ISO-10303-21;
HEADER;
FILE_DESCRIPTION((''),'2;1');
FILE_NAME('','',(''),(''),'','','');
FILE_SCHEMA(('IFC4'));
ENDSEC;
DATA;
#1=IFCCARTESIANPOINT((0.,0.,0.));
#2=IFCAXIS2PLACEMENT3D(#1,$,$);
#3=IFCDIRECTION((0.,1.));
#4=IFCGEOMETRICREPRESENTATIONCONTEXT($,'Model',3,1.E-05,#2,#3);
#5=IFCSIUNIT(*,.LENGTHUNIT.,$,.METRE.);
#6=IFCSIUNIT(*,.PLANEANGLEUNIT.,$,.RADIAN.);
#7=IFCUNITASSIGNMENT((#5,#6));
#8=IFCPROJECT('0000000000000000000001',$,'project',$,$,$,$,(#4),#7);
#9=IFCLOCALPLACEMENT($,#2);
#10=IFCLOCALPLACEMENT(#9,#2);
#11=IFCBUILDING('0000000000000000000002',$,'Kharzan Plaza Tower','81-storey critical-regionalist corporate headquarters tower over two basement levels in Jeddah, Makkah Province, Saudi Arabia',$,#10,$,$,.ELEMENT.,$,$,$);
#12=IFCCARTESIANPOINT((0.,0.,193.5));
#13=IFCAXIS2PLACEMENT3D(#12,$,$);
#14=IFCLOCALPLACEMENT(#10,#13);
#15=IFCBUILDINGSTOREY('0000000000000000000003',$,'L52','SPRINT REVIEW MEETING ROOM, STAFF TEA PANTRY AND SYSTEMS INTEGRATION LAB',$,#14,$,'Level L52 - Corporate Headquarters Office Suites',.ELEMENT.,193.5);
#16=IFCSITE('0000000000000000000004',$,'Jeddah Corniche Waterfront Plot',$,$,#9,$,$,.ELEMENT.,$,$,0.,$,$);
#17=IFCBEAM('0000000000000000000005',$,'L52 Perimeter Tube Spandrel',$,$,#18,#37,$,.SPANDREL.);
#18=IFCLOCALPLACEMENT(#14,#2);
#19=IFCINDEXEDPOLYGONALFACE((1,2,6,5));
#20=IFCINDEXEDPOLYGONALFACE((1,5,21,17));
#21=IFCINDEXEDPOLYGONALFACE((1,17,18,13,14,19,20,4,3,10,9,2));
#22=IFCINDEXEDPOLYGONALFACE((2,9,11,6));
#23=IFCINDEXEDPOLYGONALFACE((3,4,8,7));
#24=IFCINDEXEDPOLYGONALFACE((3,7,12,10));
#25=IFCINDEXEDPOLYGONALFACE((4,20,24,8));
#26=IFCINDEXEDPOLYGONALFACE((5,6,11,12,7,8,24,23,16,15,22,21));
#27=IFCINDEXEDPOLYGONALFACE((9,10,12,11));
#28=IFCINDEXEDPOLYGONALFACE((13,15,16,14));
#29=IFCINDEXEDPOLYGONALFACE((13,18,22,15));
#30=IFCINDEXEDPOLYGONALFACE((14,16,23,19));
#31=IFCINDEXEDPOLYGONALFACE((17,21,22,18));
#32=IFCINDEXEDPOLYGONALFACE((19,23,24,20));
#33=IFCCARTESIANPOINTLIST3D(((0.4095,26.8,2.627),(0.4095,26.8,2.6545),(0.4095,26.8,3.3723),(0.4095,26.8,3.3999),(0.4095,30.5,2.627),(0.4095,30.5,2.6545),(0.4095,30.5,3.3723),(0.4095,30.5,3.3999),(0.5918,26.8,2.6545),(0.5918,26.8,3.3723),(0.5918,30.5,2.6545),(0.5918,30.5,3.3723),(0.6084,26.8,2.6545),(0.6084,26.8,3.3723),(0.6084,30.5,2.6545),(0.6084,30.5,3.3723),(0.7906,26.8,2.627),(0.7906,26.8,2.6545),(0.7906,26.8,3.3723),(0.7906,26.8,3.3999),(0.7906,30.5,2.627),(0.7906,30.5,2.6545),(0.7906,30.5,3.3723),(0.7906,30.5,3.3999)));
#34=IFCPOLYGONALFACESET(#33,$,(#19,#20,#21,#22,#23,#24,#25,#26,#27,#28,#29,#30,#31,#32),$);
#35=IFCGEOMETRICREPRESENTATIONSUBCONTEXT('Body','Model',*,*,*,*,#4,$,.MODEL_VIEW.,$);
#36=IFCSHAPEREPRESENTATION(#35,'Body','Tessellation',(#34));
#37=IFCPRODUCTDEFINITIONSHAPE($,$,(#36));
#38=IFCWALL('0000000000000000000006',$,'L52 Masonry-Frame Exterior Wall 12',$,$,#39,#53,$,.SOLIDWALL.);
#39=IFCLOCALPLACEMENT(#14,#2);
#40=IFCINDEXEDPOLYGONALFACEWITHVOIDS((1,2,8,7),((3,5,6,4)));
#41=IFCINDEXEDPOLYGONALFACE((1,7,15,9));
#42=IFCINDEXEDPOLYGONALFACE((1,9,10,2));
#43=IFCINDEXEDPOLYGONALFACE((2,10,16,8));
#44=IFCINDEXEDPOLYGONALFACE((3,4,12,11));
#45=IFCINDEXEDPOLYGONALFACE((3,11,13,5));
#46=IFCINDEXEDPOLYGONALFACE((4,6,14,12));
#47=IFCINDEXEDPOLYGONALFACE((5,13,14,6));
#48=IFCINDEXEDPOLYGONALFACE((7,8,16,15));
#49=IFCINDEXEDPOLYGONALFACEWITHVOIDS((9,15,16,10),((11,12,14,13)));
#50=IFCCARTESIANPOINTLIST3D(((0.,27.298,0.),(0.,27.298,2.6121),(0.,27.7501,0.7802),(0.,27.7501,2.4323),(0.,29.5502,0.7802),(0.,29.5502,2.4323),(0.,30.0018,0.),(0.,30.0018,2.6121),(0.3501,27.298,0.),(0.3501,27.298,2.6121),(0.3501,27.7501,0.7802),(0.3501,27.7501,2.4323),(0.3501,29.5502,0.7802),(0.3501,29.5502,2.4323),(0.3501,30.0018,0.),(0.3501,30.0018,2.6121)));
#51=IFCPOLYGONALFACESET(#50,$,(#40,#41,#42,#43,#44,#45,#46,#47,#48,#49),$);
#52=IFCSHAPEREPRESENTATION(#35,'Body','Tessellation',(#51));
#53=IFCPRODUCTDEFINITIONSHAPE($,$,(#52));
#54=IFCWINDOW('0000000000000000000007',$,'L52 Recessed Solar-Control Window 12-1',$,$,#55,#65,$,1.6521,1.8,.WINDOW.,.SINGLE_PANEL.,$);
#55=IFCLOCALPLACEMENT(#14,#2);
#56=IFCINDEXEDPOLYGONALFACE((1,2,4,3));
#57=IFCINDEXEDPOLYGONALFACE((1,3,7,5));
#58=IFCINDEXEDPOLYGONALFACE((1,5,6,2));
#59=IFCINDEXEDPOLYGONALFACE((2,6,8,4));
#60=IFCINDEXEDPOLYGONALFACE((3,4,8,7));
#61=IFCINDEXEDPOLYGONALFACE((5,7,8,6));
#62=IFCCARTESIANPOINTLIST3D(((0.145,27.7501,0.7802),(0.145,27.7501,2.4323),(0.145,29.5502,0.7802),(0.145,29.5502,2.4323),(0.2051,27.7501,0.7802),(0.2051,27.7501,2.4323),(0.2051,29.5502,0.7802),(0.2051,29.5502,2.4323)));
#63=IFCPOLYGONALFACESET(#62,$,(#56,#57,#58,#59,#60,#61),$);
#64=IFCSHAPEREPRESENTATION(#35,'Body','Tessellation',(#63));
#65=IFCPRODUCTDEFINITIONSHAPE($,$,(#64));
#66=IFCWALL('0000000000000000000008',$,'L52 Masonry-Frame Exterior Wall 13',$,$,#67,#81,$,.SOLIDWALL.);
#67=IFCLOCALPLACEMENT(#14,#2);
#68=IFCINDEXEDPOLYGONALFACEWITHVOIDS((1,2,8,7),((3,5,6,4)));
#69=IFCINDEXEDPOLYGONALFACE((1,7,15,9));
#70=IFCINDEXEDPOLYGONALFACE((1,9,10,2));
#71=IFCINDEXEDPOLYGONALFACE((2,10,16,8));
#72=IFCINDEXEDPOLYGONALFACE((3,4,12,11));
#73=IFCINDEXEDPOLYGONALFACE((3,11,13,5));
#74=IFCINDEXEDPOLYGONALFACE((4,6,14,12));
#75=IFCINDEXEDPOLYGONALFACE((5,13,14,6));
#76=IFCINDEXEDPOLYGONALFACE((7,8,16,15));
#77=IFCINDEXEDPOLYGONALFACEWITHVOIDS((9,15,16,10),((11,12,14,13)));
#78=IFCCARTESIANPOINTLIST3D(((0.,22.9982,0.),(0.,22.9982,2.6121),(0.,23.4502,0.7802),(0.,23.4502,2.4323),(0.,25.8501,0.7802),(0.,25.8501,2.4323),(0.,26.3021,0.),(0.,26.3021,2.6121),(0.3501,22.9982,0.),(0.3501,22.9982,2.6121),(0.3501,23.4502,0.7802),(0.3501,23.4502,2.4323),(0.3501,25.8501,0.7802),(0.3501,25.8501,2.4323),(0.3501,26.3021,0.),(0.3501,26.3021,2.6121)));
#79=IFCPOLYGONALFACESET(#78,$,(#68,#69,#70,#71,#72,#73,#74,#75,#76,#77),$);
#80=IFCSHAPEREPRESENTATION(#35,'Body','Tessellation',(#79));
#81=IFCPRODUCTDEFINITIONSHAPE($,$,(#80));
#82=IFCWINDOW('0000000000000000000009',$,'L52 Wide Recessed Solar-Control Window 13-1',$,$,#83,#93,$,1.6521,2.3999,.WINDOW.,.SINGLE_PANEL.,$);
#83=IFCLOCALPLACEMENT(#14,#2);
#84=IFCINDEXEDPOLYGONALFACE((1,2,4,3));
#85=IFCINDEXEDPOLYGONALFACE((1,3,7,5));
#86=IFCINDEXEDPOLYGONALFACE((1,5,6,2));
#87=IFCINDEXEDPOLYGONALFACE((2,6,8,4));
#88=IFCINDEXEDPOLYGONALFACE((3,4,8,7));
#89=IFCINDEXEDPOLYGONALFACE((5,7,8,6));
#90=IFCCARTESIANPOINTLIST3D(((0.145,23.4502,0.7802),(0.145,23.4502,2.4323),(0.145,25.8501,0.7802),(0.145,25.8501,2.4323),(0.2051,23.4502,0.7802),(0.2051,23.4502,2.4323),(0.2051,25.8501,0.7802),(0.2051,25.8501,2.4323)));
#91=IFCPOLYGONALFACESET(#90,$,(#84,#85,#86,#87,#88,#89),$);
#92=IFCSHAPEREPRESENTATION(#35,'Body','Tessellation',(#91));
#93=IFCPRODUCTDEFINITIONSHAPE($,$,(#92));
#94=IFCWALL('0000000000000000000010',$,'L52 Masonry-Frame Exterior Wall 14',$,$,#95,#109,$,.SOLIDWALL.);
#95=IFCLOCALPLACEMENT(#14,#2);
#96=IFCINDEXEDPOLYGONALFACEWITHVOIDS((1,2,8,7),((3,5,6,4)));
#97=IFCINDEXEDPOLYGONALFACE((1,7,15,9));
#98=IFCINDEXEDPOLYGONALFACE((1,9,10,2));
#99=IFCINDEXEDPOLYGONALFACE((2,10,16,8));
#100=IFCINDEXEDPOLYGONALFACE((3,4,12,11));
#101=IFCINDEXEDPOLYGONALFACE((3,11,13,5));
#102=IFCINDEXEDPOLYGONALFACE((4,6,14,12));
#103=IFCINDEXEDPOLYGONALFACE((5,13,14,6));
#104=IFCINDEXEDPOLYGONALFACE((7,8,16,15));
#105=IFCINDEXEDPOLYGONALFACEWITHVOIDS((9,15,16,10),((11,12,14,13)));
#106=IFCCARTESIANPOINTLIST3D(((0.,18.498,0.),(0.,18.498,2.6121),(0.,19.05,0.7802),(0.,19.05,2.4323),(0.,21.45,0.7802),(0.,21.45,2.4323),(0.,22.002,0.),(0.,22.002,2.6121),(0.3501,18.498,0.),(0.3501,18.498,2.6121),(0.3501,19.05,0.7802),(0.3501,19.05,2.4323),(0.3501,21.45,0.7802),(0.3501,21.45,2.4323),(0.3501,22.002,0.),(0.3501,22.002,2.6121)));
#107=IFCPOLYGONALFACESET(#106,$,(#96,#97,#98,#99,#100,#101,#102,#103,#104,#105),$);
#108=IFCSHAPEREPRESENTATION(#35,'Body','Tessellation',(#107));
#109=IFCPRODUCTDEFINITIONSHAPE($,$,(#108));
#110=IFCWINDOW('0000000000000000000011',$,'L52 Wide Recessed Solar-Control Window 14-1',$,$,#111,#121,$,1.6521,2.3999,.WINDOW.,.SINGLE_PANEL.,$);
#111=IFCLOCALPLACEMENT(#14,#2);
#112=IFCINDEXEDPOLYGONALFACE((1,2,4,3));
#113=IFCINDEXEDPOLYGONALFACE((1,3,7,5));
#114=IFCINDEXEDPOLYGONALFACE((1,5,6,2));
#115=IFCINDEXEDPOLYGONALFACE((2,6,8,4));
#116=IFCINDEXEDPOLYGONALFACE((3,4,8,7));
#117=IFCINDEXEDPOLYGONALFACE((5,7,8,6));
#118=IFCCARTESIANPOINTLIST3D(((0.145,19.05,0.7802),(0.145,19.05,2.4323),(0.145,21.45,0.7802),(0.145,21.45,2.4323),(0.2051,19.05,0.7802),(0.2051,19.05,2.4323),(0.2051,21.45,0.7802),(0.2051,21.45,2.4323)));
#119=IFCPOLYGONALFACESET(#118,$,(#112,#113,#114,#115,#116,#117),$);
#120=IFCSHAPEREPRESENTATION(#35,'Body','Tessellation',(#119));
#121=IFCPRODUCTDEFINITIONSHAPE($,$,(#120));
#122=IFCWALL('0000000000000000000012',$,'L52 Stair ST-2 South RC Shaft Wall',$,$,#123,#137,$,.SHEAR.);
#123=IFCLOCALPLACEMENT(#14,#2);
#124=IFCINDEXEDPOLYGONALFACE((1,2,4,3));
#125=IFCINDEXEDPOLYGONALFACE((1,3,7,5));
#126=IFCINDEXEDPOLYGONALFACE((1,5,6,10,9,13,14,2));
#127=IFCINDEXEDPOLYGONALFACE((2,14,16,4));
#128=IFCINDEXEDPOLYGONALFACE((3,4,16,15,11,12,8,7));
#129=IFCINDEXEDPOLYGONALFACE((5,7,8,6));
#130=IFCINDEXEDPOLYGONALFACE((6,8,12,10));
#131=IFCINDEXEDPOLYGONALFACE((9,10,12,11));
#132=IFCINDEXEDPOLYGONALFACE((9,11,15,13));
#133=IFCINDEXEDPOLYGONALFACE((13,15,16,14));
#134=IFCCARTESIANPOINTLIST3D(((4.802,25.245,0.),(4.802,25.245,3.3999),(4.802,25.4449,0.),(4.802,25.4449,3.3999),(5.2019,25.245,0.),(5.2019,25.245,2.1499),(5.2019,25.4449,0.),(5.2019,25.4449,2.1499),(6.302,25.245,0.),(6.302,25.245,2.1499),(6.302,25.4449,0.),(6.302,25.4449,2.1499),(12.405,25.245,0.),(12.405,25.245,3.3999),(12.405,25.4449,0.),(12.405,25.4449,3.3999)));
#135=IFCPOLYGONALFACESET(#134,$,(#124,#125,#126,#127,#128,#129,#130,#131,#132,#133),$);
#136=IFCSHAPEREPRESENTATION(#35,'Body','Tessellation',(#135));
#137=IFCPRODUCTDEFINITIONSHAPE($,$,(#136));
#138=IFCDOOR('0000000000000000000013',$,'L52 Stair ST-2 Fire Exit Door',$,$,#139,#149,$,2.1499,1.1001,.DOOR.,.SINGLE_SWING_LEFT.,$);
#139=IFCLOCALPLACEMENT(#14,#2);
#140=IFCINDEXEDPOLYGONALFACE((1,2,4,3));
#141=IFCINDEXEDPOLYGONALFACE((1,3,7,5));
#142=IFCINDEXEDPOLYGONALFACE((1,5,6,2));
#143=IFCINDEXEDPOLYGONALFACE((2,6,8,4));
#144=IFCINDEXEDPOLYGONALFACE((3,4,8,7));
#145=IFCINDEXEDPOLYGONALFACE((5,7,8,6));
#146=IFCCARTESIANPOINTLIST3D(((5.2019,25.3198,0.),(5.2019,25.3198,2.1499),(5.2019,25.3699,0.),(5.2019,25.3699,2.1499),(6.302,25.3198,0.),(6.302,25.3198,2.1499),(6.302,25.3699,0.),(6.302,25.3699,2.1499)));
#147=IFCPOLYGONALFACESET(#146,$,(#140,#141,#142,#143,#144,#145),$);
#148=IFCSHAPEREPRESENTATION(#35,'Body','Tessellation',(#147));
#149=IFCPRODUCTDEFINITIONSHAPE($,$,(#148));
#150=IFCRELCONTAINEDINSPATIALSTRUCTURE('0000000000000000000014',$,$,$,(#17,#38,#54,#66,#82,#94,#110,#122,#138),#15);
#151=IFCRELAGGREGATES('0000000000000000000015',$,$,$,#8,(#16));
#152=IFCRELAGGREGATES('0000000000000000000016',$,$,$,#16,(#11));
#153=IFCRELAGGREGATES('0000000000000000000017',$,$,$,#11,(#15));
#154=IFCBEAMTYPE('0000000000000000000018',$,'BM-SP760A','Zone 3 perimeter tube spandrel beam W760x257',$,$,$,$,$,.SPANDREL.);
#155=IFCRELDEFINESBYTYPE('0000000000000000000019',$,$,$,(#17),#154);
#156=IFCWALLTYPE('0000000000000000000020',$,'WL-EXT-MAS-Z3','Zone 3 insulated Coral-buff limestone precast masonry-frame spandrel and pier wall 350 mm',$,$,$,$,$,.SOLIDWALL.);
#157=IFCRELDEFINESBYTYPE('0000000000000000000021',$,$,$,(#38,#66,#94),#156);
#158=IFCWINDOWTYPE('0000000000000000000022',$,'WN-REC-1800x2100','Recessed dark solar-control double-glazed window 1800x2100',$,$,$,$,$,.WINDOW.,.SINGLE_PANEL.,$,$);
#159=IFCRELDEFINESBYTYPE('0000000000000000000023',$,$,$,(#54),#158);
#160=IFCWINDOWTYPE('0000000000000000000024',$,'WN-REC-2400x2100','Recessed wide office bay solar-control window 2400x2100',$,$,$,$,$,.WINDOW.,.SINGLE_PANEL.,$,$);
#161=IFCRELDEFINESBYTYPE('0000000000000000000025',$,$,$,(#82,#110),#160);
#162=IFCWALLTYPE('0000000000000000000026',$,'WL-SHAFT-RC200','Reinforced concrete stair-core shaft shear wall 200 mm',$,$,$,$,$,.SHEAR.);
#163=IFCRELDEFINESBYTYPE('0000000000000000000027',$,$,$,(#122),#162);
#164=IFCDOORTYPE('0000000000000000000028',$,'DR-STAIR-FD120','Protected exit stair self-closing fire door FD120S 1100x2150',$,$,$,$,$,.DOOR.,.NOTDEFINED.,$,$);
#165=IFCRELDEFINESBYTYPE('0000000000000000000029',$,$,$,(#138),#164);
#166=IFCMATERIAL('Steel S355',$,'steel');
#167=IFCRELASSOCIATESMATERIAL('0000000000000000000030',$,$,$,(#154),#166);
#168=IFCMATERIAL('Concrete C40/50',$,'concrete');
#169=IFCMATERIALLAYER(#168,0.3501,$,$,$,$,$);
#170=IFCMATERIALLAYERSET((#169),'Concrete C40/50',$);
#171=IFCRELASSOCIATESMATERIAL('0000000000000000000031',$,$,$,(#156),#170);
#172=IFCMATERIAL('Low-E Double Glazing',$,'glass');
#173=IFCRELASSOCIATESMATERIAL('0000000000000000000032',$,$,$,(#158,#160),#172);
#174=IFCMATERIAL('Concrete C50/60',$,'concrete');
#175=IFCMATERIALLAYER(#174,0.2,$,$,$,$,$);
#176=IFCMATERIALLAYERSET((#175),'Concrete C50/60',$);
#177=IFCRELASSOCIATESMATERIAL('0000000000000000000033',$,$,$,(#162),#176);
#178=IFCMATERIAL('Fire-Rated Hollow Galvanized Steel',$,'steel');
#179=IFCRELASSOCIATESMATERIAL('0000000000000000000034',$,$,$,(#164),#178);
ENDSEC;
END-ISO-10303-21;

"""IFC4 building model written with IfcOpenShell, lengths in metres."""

from ifc_helpers import new_model, si_unit, direction, frame, frame_2d, origin, origin_2d, place, context, subcontext, project, spatial, rectangle, i_section, extrude, source, transform, mapped, material, layer, layer_set, material_profile, profile_set, type_object, element, fill, save


model = new_model("IFC4")

# Units and contexts
model_context = context("Model", 3, precision=1e-05, world=origin(), true_north=direction((0.0, 1.0)))
body_context = subcontext(model_context, "Body", "Model", "MODEL_VIEW")
ifc_project = project(units=[si_unit("LENGTHUNIT", "METRE"), si_unit("PLANEANGLEUNIT", "RADIAN")], contexts=[model_context])

# Site, building, storey
site_placement = place(None, origin())
site = spatial("IfcSite", under=ifc_project, at=site_placement, Name="Jeddah Corniche Waterfront Plot", CompositionType="ELEMENT", RefElevation=0.0)
building_placement = place(site_placement, origin())
building = spatial("IfcBuilding", under=site, at=building_placement, Name="Kharzan Plaza Tower", Description="81-storey critical-regionalist corporate headquarters tower over two basement levels in Jeddah, Makkah Province, Saudi Arabia", CompositionType="ELEMENT")
storey_placement = place(building_placement, frame((0.0, 0.0, 193.5)))
storey = spatial("IfcBuildingStorey", under=building, at=storey_placement, Name="L52", Description="SPRINT REVIEW MEETING ROOM, STAFF TEA PANTRY AND SYSTEMS INTEGRATION LAB", LongName="Level L52 - Corporate Headquarters Office Suites", CompositionType="ELEMENT", Elevation=193.5)

# Shared definitions
ifc_material_1 = material(Name="Concrete C50/60", Category="concrete")

# Beam
ifc_material_2 = material(Name="Steel S355", Category="steel")
ifc_material_profile_1 = material_profile(ifc_material_2, i_section(OverallWidth=0.3811, OverallDepth=0.7729, WebThickness=0.0166, FlangeThickness=0.0276, at=origin_2d()), Name="W760x257")
ifc_profile_set_1 = profile_set([ifc_material_profile_1], Name="Steel S355")
beam_type_1 = type_object("IfcBeamType", Name="BM-SP760A", Description="Zone 3 perimeter tube spandrel beam W760x257", PredefinedType="SPANDREL", material=ifc_profile_set_1)
shared_shape_1 = source(origin(), body_context, "Body", "SweptSolid", [
    extrude(i_section(OverallWidth=0.3811, OverallDepth=0.7729, WebThickness=0.0166, FlangeThickness=0.0276, at=origin_2d()), origin(), (0.0, 0.0, 1.0), 3.7),
])
beam_1_placement = place(storey_placement, frame((0.6001, 26.8, 3.0134), z_axis=(0.0, 1.0, 0.0), x_axis=(-1.0, 0.0, 0.0)))
element("IfcBeam", 1, at=beam_1_placement, inside=storey, type_object=beam_type_1, Name="L52 Perimeter Tube Spandrel", PredefinedType="SPANDREL", context=body_context, shape_type="MappedRepresentation", body=[
    mapped(shared_shape_1, transform((0.0, 0.0, 0.0), x_axis=(1.0, 0.0, 0.0), y_axis=(0.0, 1.0, 0.0), z_axis=(0.0, 0.0, 1.0))),
])

# Walls, openings, windows
ifc_material_3 = material(Name="Concrete C40/50", Category="concrete")
ifc_layer_1 = layer(ifc_material_3, 0.3501)
ifc_layer_set_1 = layer_set([ifc_layer_1], Name="Concrete C40/50")
wall_type_1 = type_object("IfcWallType", Name="WL-EXT-MAS-Z3", Description="Zone 3 insulated Coral-buff limestone precast masonry-frame spandrel and pier wall 350 mm", PredefinedType="SOLIDWALL", material=ifc_layer_set_1)
wall_1_placement = place(storey_placement, frame((0.175, 30.002, 0.0), z_axis=(0.0, 0.0, 1.0), x_axis=(0.0, -1.0, 0.0)))
wall_1 = element("IfcWall", 2, at=wall_1_placement, inside=storey, type_object=wall_type_1, Name="L52 Masonry-Frame Exterior Wall 12", PredefinedType="SOLIDWALL", context=body_context, shape_type="SweptSolid", body=[
    extrude(rectangle(XDim=2.7039, YDim=0.3501, at=frame_2d((1.3521, 0.0))), origin(), (0.0, 0.0, 1.0), 2.6121),
])
opening_1_placement = place(wall_1_placement, frame((0.4519, 0.0, 0.78)))
opening_1 = element("IfcOpeningElement", 3, at=opening_1_placement, cuts=wall_1, PredefinedType="OPENING", context=body_context, shape_type="SweptSolid", body=[
    extrude(rectangle(XDim=1.8, YDim=1.6521, at=frame_2d((0.8999, 0.8262))), frame((0.0, 0.1851, 0.0), z_axis=(0.0, -1.0, 0.0), x_axis=(1.0, 0.0, 0.0)), (0.0, 0.0, 1.0), 0.3701),
])
ifc_material_4 = material(Name="Low-E Double Glazing", Category="glass")
window_type_1 = type_object("IfcWindowType", Name="WN-REC-1800x2100", Description="Recessed dark solar-control double-glazed window 1800x2100", PartitioningType="SINGLE_PANEL", PredefinedType="WINDOW", material=ifc_material_4)
shared_shape_2 = source(origin(), body_context, "Body", "SweptSolid", [
    extrude(rectangle(XDim=1.8, YDim=1.6521, at=frame_2d((0.8999, 0.8262))), frame((0.0, 0.03, 0.0), z_axis=(0.0, -1.0, 0.0), x_axis=(1.0, 0.0, 0.0)), (0.0, 0.0, 1.0), 0.0601),
])
window_1_placement = place(opening_1_placement, origin())
window_1 = element("IfcWindow", 4, at=window_1_placement, inside=storey, type_object=window_type_1, Name="L52 Recessed Solar-Control Window 12-1", OverallHeight=1.6521, OverallWidth=1.8, PartitioningType="SINGLE_PANEL", PredefinedType="WINDOW", context=body_context, shape_type="MappedRepresentation", body=[
    mapped(shared_shape_2, transform((0.0, 0.0, 0.0), x_axis=(1.0, 0.0, 0.0), y_axis=(0.0, 1.0, 0.0), z_axis=(0.0, 0.0, 1.0))),
])
fill(opening_1, window_1)
wall_2_placement = place(storey_placement, frame((0.175, 26.302, 0.0), z_axis=(0.0, 0.0, 1.0), x_axis=(0.0, -1.0, 0.0)))
wall_2 = element("IfcWall", 5, at=wall_2_placement, inside=storey, type_object=wall_type_1, Name="L52 Masonry-Frame Exterior Wall 13", PredefinedType="SOLIDWALL", context=body_context, shape_type="SweptSolid", body=[
    extrude(rectangle(XDim=3.304, YDim=0.3501, at=frame_2d((1.6519, 0.0))), origin(), (0.0, 0.0, 1.0), 2.6121),
])
opening_2_placement = place(wall_2_placement, frame((0.4519, 0.0, 0.78)))
opening_2 = element("IfcOpeningElement", 6, at=opening_2_placement, cuts=wall_2, PredefinedType="OPENING", context=body_context, shape_type="SweptSolid", body=[
    extrude(rectangle(XDim=2.3999, YDim=1.6521, at=frame_2d((1.2, 0.8262))), frame((0.0, 0.1851, 0.0), z_axis=(0.0, -1.0, 0.0), x_axis=(1.0, 0.0, 0.0)), (0.0, 0.0, 1.0), 0.3701),
])
window_type_2 = type_object("IfcWindowType", Name="WN-REC-2400x2100", Description="Recessed wide office bay solar-control window 2400x2100", PartitioningType="SINGLE_PANEL", PredefinedType="WINDOW", material=ifc_material_4)
shared_shape_3 = source(origin(), body_context, "Body", "SweptSolid", [
    extrude(rectangle(XDim=2.3999, YDim=1.6521, at=frame_2d((1.2, 0.8262))), frame((0.0, 0.03, 0.0), z_axis=(0.0, -1.0, 0.0), x_axis=(1.0, 0.0, 0.0)), (0.0, 0.0, 1.0), 0.0601),
])
window_2_placement = place(opening_2_placement, origin())
window_2 = element("IfcWindow", 7, at=window_2_placement, inside=storey, type_object=window_type_2, Name="L52 Wide Recessed Solar-Control Window 13-1", OverallHeight=1.6521, OverallWidth=2.3999, PartitioningType="SINGLE_PANEL", PredefinedType="WINDOW", context=body_context, shape_type="MappedRepresentation", body=[
    mapped(shared_shape_3, transform((0.0, 0.0, 0.0), x_axis=(1.0, 0.0, 0.0), y_axis=(0.0, 1.0, 0.0), z_axis=(0.0, 0.0, 1.0))),
])
fill(opening_2, window_2)
wall_3_placement = place(storey_placement, frame((0.175, 22.002, 0.0), z_axis=(0.0, 0.0, 1.0), x_axis=(0.0, -1.0, 0.0)))
wall_3 = element("IfcWall", 8, at=wall_3_placement, inside=storey, type_object=wall_type_1, Name="L52 Masonry-Frame Exterior Wall 14", PredefinedType="SOLIDWALL", context=body_context, shape_type="SweptSolid", body=[
    extrude(rectangle(XDim=3.5039, YDim=0.3501, at=frame_2d((1.752, 0.0))), origin(), (0.0, 0.0, 1.0), 2.6121),
])
opening_3_placement = place(wall_3_placement, frame((0.552, 0.0, 0.78)))
opening_3 = element("IfcOpeningElement", 9, at=opening_3_placement, cuts=wall_3, PredefinedType="OPENING", context=body_context, shape_type="SweptSolid", body=[
    extrude(rectangle(XDim=2.3999, YDim=1.6521, at=frame_2d((1.2, 0.8262))), frame((0.0, 0.1851, 0.0), z_axis=(0.0, -1.0, 0.0), x_axis=(1.0, 0.0, 0.0)), (0.0, 0.0, 1.0), 0.3701),
])
window_3_placement = place(opening_3_placement, origin())
window_3 = element("IfcWindow", 10, at=window_3_placement, inside=storey, type_object=window_type_2, Name="L52 Wide Recessed Solar-Control Window 14-1", OverallHeight=1.6521, OverallWidth=2.3999, PartitioningType="SINGLE_PANEL", PredefinedType="WINDOW", context=body_context, shape_type="MappedRepresentation", body=[
    mapped(shared_shape_3, transform((0.0, 0.0, 0.0), x_axis=(1.0, 0.0, 0.0), y_axis=(0.0, 1.0, 0.0), z_axis=(0.0, 0.0, 1.0))),
])
fill(opening_3, window_3)

# Wall, opening, door
ifc_layer_2 = layer(ifc_material_1, 0.2)
ifc_layer_set_2 = layer_set([ifc_layer_2], Name="Concrete C50/60")
wall_type_2 = type_object("IfcWallType", Name="WL-SHAFT-RC200", Description="Reinforced concrete stair-core shaft shear wall 200 mm", PredefinedType="SHEAR", material=ifc_layer_set_2)
wall_4_placement = place(storey_placement, frame((4.802, 25.345, 0.0), z_axis=(0.0, 0.0, 1.0), x_axis=(1.0, 0.0, 0.0)))
wall_4 = element("IfcWall", 11, at=wall_4_placement, inside=storey, type_object=wall_type_2, Name="L52 Stair ST-2 South RC Shaft Wall", PredefinedType="SHEAR", context=body_context, shape_type="SweptSolid", body=[
    extrude(rectangle(XDim=7.603, YDim=0.2, at=frame_2d((3.8015, 0.0))), origin(), (0.0, 0.0, 1.0), 3.3999),
])
opening_4_placement = place(wall_4_placement, frame((0.3999, 0.0, 0.0)))
opening_4 = element("IfcOpeningElement", 12, at=opening_4_placement, cuts=wall_4, PredefinedType="OPENING", context=body_context, shape_type="SweptSolid", body=[
    extrude(rectangle(XDim=1.1001, YDim=2.1499, at=frame_2d((0.55, 1.075))), frame((0.0, 0.1099, 0.0), z_axis=(0.0, -1.0, 0.0), x_axis=(1.0, 0.0, 0.0)), (0.0, 0.0, 1.0), 0.22),
])
ifc_material_5 = material(Name="Fire-Rated Hollow Galvanized Steel", Category="steel")
door_type_1 = type_object("IfcDoorType", Name="DR-STAIR-FD120", Description="Protected exit stair self-closing fire door FD120S 1100x2150", OperationType="NOTDEFINED", PredefinedType="DOOR", material=ifc_material_5)
shared_shape_4 = source(origin(), body_context, "Body", "SweptSolid", [
    extrude(rectangle(XDim=1.1001, YDim=2.1499, at=frame_2d((0.55, 1.075))), frame((0.0, 0.0249, 0.0), z_axis=(0.0, -1.0, 0.0), x_axis=(1.0, 0.0, 0.0)), (0.0, 0.0, 1.0), 0.05),
])
door_1_placement = place(opening_4_placement, origin())
door_1 = element("IfcDoor", 13, at=door_1_placement, inside=storey, type_object=door_type_1, Name="L52 Stair ST-2 Fire Exit Door", OperationType="SINGLE_SWING_LEFT", OverallHeight=2.1499, OverallWidth=1.1001, PredefinedType="DOOR", context=body_context, shape_type="MappedRepresentation", body=[
    mapped(shared_shape_4, transform((0.0, 0.0, 0.0), x_axis=(1.0, 0.0, 0.0), y_axis=(0.0, 1.0, 0.0), z_axis=(0.0, 0.0, 1.0))),
])
fill(opening_4, door_1)

save(model, "model.ifc")
